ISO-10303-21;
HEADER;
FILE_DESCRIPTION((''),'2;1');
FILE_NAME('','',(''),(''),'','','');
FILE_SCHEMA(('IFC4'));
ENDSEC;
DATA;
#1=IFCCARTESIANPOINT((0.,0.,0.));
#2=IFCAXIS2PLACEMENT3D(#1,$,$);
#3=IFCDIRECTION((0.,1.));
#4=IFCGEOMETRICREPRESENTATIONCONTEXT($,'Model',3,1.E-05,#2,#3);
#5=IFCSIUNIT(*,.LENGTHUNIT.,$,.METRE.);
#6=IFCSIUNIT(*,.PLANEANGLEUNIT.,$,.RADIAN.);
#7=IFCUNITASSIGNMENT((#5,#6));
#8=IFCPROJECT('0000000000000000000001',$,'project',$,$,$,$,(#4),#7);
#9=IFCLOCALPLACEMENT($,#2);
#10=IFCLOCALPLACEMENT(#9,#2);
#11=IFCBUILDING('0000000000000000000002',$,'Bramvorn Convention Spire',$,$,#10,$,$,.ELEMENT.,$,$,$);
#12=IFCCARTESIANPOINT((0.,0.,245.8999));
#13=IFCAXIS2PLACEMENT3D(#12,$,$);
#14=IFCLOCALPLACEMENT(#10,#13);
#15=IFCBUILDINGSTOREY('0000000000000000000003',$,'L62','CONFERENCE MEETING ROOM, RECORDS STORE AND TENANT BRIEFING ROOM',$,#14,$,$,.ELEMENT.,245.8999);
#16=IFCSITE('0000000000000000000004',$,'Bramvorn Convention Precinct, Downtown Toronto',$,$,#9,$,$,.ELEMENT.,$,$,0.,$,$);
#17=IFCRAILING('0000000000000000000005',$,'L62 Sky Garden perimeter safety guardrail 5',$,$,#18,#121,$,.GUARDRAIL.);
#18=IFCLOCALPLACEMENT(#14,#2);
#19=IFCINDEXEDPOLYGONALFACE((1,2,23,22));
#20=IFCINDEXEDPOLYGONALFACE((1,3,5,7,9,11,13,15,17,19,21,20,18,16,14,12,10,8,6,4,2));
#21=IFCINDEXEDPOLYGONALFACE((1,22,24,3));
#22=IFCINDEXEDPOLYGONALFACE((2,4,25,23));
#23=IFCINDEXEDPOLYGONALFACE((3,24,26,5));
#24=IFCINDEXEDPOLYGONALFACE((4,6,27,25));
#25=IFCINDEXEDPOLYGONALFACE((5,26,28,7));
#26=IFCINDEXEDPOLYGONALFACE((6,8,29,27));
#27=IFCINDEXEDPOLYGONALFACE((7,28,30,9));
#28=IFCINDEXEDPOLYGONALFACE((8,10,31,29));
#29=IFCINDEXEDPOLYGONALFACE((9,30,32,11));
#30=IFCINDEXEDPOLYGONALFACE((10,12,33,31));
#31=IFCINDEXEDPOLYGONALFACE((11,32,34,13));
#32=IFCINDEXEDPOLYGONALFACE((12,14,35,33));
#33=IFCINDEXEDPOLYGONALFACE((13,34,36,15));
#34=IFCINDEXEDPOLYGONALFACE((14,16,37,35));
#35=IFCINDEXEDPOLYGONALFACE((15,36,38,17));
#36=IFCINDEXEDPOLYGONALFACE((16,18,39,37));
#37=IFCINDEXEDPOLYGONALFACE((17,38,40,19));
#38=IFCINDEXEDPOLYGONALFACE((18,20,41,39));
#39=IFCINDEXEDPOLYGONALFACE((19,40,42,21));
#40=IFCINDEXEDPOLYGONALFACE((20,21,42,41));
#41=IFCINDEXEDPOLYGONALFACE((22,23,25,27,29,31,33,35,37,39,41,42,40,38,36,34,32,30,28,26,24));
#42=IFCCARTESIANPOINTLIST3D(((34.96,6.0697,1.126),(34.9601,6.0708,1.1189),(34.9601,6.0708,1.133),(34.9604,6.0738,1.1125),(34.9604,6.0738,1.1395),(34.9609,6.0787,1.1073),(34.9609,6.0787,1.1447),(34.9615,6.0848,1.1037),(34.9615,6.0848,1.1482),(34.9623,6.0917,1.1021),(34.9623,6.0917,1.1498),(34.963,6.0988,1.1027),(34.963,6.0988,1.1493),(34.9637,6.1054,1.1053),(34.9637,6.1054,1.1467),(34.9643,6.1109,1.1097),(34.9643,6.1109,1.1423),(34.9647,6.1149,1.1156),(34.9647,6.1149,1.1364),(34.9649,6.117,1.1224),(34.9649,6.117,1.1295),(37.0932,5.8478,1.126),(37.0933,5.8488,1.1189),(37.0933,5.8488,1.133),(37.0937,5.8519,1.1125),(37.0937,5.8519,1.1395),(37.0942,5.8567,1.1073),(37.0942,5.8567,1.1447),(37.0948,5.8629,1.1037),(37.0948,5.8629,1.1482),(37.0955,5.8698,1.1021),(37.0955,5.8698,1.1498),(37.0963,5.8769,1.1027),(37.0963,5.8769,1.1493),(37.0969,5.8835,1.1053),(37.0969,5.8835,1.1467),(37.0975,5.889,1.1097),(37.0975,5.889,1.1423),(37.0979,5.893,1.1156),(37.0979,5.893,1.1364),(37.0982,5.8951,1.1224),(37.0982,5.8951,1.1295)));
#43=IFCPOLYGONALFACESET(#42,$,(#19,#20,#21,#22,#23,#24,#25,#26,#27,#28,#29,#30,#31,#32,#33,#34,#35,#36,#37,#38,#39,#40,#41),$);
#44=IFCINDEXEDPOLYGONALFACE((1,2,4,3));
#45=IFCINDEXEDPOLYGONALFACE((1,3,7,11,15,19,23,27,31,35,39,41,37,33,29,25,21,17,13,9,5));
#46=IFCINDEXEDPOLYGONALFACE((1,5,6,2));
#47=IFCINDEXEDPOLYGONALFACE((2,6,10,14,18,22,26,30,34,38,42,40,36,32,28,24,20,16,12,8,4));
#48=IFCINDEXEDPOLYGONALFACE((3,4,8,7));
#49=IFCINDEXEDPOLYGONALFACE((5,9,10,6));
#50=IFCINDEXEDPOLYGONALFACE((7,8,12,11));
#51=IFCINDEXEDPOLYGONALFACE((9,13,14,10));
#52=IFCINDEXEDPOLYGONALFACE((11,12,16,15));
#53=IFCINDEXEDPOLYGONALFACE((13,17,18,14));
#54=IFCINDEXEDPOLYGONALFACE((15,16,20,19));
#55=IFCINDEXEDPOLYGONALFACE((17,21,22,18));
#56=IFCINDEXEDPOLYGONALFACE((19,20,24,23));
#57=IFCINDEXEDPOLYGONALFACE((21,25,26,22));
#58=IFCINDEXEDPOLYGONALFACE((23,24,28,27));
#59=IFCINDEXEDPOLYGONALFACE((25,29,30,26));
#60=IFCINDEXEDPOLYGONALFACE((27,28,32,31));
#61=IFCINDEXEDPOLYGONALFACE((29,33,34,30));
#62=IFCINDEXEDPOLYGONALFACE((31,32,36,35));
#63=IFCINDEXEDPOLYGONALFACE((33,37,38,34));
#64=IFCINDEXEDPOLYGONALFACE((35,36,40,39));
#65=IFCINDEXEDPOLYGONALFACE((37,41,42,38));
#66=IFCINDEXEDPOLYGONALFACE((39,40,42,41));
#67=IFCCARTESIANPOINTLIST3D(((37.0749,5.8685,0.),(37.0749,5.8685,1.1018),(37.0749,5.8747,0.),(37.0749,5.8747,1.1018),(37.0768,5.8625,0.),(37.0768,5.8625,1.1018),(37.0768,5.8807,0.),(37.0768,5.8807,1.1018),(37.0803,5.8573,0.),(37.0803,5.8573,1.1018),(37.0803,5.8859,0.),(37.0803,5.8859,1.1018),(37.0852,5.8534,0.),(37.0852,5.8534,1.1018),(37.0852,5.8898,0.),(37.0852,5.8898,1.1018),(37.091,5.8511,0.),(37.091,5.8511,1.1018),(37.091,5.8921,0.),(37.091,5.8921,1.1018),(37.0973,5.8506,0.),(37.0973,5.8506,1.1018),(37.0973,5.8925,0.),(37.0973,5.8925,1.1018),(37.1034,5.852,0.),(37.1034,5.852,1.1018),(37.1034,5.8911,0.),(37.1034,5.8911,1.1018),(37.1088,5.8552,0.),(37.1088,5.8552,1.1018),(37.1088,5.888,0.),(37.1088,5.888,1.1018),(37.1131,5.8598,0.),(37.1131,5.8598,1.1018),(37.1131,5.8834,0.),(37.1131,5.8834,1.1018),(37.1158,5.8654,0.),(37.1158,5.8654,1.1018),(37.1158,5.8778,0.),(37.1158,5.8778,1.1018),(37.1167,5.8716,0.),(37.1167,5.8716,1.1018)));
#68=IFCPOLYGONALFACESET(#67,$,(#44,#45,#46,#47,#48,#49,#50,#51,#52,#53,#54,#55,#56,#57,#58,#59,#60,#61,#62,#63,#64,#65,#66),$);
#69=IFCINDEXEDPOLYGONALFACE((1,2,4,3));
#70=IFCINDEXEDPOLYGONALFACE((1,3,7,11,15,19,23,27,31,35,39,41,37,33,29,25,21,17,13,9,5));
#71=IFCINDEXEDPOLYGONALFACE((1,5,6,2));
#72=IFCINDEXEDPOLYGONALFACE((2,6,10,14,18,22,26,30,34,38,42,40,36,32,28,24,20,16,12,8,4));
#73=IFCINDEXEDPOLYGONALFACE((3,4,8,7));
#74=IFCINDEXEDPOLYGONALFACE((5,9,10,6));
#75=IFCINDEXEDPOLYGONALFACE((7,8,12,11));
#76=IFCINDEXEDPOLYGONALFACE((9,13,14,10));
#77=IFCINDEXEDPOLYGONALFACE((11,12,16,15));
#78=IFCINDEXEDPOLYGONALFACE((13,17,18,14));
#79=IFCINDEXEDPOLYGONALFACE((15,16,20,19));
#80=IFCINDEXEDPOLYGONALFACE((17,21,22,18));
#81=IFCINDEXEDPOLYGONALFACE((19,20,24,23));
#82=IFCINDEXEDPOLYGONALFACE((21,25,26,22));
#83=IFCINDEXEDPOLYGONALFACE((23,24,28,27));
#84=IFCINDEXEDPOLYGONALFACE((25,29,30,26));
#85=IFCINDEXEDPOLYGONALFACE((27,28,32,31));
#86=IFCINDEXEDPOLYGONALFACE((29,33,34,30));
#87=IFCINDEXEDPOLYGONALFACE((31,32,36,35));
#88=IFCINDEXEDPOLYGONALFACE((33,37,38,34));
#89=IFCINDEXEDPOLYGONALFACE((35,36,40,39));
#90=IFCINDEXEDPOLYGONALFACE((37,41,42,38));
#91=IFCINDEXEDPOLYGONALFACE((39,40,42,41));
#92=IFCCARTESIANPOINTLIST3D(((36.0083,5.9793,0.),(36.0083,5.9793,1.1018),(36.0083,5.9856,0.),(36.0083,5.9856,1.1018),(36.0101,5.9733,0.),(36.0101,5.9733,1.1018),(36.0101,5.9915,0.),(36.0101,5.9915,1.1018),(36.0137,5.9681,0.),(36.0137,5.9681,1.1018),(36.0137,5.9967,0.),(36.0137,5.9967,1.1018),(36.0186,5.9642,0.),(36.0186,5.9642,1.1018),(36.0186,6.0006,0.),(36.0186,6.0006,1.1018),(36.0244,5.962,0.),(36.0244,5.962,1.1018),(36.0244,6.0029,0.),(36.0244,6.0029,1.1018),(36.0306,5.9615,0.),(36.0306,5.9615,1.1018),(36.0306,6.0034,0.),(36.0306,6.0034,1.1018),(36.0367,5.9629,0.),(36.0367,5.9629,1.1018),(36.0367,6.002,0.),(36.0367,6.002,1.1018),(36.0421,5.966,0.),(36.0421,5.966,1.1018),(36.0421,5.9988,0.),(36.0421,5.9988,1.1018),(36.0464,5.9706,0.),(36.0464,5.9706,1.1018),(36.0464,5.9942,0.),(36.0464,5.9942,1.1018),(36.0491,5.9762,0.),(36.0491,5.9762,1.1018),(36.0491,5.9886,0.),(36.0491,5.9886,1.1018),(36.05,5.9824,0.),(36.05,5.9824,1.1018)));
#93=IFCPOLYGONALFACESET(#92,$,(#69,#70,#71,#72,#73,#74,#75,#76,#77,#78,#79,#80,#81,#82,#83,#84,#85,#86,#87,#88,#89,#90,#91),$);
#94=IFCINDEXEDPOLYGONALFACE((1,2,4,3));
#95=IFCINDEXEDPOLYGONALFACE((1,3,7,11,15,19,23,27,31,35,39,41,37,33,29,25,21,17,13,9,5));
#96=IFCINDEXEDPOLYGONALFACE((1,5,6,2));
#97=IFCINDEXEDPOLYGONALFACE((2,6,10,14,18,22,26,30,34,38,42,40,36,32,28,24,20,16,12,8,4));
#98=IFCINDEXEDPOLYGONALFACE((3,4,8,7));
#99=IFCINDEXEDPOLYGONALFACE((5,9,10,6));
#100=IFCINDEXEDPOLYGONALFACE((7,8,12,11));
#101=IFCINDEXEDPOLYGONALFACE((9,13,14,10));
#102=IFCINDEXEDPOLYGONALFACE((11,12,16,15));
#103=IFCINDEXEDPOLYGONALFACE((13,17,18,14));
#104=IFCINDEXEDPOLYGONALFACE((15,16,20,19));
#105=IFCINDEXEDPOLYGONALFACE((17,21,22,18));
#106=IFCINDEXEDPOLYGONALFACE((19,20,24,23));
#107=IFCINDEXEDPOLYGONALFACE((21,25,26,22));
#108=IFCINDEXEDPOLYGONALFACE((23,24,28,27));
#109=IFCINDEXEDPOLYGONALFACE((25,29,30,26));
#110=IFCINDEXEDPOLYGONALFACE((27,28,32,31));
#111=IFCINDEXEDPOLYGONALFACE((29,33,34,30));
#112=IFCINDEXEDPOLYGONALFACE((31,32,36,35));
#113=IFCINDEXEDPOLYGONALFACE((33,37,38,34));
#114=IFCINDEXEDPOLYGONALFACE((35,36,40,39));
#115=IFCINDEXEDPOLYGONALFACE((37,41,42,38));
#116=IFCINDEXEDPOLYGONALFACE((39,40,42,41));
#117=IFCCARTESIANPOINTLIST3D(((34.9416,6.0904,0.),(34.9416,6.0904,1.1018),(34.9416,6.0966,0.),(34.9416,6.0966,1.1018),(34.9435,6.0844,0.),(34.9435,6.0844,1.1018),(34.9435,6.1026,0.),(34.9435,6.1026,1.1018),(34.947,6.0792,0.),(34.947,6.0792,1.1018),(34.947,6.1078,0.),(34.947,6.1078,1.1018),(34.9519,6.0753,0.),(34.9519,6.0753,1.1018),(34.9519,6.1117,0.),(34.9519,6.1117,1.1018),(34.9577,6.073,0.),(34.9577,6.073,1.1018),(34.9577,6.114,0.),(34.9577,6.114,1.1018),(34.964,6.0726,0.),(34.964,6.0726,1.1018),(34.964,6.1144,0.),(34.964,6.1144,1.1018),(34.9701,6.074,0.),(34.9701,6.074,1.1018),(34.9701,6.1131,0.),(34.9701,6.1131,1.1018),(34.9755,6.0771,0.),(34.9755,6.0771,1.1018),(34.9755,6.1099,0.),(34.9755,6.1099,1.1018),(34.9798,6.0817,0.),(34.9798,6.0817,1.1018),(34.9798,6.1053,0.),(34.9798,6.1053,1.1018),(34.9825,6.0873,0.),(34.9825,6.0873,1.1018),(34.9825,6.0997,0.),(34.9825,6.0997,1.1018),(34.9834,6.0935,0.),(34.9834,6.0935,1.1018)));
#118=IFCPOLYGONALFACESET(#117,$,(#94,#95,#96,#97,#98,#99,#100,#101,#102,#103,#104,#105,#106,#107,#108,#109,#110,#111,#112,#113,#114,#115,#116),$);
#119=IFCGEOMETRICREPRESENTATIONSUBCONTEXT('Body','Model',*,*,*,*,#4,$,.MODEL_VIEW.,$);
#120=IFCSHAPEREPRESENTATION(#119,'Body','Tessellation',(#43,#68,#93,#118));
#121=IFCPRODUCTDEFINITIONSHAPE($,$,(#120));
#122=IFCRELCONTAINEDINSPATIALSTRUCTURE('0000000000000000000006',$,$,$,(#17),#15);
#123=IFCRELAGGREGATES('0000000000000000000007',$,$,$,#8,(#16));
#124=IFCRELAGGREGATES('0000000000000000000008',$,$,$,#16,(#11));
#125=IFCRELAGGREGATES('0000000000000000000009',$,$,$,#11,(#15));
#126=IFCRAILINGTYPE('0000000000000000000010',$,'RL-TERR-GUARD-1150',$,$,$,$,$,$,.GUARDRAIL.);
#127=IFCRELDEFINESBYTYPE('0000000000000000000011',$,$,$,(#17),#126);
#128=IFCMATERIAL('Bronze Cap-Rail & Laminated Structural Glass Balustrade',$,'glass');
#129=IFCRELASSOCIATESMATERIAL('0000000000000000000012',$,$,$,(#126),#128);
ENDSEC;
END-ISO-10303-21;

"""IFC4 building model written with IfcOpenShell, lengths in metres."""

from ifc_helpers import new_model, si_unit, direction, frame, origin, origin_2d, place, context, subcontext, project, spatial, circle, extrude, material, type_object, element, save


model = new_model("IFC4")

# Units and contexts
model_context = context("Model", 3, precision=1e-05, world=origin(), true_north=direction((0.0, 1.0)))
body_context = subcontext(model_context, "Body", "Model", "MODEL_VIEW")
ifc_project = project(units=[si_unit("LENGTHUNIT", "METRE"), si_unit("PLANEANGLEUNIT", "RADIAN")], contexts=[model_context])

# Site, building, storey
site_placement = place(None, origin())
site = spatial("IfcSite", under=ifc_project, at=site_placement, Name="Bramvorn Convention Precinct, Downtown Toronto", CompositionType="ELEMENT", RefElevation=0.0)
building_placement = place(site_placement, origin())
building = spatial("IfcBuilding", under=site, at=building_placement, Name="Bramvorn Convention Spire", CompositionType="ELEMENT")
storey_placement = place(building_placement, frame((0.0, 0.0, 245.8999)))
storey = spatial("IfcBuildingStorey", under=building, at=storey_placement, Name="L62", Description="CONFERENCE MEETING ROOM, RECORDS STORE AND TENANT BRIEFING ROOM", CompositionType="ELEMENT", Elevation=245.8999)

# Railing
ifc_material_1 = material(Name="Bronze Cap-Rail & Laminated Structural Glass Balustrade", Category="glass")
railing_type = type_object("IfcRailingType", Name="RL-TERR-GUARD-1150", PredefinedType="GUARDRAIL", material=ifc_material_1)
railing_1_placement = place(storey_placement, frame((37.0957, 5.8716, 0.0)))
element("IfcRailing", 1, at=railing_1_placement, inside=storey, type_object=railing_type, Name="L62 Sky Garden perimeter safety guardrail 5", PredefinedType="GUARDRAIL", context=body_context, shape_type="SweptSolid", body=[
    extrude(circle(Radius=0.0239, at=origin_2d()), frame((0.0, 0.0, 1.126), z_axis=(-0.994633, 0.10347, 0.0), x_axis=(-0.10347, -0.994633, 0.0)), (0.0, 0.0, 1.0), 2.1448),
    extrude(circle(Radius=0.021, at=origin_2d()), origin(), (0.0, 0.0, 1.0), 1.1018),
    extrude(circle(Radius=0.021, at=origin_2d()), frame((-1.0667, 0.1108, 0.0)), (0.0, 0.0, 1.0), 1.1018),
    extrude(circle(Radius=0.021, at=origin_2d()), frame((-2.1333, 0.2219, 0.0)), (0.0, 0.0, 1.0), 1.1018),
])

save(model, "model.ifc")
